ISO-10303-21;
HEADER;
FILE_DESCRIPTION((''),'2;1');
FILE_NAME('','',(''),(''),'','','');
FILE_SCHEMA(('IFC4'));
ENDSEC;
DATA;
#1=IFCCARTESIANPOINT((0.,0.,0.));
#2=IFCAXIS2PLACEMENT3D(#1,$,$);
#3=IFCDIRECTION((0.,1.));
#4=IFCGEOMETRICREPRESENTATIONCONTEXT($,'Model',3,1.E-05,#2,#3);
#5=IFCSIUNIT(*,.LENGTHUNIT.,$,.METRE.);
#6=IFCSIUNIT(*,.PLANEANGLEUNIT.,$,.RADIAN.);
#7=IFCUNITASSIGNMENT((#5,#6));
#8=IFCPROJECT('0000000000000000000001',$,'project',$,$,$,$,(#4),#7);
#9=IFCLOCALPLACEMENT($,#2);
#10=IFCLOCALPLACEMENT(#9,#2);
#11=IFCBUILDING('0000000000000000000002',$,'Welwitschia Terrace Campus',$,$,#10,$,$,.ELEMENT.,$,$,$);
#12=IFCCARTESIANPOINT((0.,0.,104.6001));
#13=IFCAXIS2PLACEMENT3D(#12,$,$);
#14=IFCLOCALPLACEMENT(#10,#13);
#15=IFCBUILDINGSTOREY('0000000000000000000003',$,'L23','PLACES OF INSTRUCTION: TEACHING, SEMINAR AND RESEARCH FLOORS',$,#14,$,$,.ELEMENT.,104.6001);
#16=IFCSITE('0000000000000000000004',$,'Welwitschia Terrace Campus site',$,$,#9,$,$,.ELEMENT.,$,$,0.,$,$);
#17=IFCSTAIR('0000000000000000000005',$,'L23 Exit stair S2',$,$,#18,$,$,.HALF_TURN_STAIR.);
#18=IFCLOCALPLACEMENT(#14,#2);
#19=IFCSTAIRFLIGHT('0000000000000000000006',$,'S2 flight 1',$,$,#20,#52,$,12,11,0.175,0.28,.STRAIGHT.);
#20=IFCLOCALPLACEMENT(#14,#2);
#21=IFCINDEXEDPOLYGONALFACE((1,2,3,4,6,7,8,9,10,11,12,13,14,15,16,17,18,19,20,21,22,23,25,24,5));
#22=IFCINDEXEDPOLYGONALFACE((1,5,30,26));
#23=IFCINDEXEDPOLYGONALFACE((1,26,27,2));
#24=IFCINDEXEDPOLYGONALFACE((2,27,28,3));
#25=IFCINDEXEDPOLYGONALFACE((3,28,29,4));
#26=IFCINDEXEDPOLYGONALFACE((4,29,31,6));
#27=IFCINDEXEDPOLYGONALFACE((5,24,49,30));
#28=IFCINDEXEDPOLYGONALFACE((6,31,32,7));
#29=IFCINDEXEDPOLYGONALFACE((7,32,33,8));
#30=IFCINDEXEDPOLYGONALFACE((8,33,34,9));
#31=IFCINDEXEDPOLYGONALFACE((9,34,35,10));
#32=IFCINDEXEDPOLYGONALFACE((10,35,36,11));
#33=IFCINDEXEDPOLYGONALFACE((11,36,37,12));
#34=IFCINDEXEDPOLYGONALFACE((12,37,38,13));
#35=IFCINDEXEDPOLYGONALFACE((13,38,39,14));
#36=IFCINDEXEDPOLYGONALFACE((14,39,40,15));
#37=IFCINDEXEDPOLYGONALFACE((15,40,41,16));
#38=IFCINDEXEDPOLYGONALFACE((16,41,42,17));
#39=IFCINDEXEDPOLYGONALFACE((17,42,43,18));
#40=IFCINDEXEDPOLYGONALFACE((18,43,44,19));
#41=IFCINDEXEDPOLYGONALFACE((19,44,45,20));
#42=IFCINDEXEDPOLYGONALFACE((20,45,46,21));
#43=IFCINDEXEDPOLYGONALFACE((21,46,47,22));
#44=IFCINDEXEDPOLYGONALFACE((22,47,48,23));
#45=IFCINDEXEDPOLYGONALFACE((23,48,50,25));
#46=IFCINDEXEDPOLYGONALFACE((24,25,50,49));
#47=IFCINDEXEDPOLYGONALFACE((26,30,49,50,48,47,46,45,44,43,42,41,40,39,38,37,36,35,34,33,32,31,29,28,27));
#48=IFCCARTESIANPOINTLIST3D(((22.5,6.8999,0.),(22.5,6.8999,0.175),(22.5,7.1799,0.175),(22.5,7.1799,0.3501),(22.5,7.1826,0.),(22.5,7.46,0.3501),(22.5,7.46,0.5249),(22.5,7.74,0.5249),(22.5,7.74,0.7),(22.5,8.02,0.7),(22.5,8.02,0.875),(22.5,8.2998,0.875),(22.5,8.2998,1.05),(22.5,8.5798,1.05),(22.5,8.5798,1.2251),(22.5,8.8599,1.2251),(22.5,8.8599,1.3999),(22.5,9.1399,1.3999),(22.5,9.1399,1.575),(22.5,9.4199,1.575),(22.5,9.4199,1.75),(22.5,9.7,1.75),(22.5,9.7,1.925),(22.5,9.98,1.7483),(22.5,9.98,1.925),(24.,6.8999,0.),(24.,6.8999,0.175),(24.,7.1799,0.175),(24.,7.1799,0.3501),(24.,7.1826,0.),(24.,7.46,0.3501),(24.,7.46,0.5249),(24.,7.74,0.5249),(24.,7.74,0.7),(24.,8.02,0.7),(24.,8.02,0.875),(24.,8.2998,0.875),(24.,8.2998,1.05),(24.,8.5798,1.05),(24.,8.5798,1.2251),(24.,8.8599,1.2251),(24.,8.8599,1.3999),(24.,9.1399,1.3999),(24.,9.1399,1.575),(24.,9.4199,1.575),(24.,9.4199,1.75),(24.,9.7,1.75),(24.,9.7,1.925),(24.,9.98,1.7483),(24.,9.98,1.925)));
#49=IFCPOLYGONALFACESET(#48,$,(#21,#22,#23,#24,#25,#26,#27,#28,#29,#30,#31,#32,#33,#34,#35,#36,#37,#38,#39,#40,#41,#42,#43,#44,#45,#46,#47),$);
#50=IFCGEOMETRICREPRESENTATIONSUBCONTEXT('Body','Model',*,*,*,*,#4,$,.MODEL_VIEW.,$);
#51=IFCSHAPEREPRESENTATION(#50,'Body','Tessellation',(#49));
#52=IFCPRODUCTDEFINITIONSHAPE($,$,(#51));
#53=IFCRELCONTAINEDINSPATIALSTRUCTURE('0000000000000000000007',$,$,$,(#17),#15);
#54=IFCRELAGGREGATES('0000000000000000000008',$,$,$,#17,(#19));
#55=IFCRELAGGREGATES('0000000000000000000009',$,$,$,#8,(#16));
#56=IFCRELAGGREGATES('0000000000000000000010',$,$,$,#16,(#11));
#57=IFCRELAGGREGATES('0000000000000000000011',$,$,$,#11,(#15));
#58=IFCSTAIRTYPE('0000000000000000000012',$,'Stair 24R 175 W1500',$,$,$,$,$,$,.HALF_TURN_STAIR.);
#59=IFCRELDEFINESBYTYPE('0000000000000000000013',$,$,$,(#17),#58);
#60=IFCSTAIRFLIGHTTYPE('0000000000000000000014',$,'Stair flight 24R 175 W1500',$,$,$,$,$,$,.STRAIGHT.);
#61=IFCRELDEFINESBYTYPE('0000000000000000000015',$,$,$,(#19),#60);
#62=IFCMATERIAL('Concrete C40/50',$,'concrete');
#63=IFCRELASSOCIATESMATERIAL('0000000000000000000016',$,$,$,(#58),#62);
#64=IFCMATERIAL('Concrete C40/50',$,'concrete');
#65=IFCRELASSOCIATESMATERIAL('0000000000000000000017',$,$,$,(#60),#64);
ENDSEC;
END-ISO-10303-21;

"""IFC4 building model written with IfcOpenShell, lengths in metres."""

from ifc_helpers import new_model, si_unit, direction, frame, origin, place, context, subcontext, project, spatial, polyline, outline, extrude, material, type_object, element, aggregate, save


model = new_model("IFC4")

# Units and contexts
model_context = context("Model", 3, precision=1e-05, world=origin(), true_north=direction((0.0, 1.0)))
body_context = subcontext(model_context, "Body", "Model", "MODEL_VIEW")
ifc_project = project(units=[si_unit("LENGTHUNIT", "METRE"), si_unit("PLANEANGLEUNIT", "RADIAN")], contexts=[model_context])

# Site, building, storey
site_placement = place(None, origin())
site = spatial("IfcSite", under=ifc_project, at=site_placement, Name="Welwitschia Terrace Campus site", CompositionType="ELEMENT", RefElevation=0.0)
building_placement = place(site_placement, origin())
building = spatial("IfcBuilding", under=site, at=building_placement, Name="Welwitschia Terrace Campus", CompositionType="ELEMENT")
storey_placement = place(building_placement, frame((0.0, 0.0, 104.6001)))
storey = spatial("IfcBuildingStorey", under=building, at=storey_placement, Name="L23", Description="PLACES OF INSTRUCTION: TEACHING, SEMINAR AND RESEARCH FLOORS", CompositionType="ELEMENT", Elevation=104.6001)

# Stair, stair flight
ifc_material_1 = material(Name="Concrete C40/50", Category="concrete")
stair_type = type_object("IfcStairType", Name="Stair 24R 175 W1500", PredefinedType="HALF_TURN_STAIR", material=ifc_material_1)
stair_placement = place(storey_placement, origin())
stair = element("IfcStair", 1, at=stair_placement, inside=storey, type_object=stair_type, Name="L23 Exit stair S2", PredefinedType="HALF_TURN_STAIR")
ifc_material_2 = material(Name="Concrete C40/50", Category="concrete")
stair_flight_type = type_object("IfcStairFlightType", Name="Stair flight 24R 175 W1500", PredefinedType="STRAIGHT", material=ifc_material_2)
stair_flight_placement = place(storey_placement, frame((23.25, 6.8999, 0.0), z_axis=(0.0, 0.0, 1.0), x_axis=(0.0, 1.0, 0.0)))
stair_flight = element("IfcStairFlight", 2, at=stair_flight_placement, type_object=stair_flight_type, Name="S2 flight 1", NumberOfRisers=12, NumberOfTreads=11, PredefinedType="STRAIGHT", RiserHeight=0.175, TreadLength=0.28, context=body_context, shape_type="SweptSolid", body=[
    extrude(outline(polyline([(0.0, 0.0), (0.0, 0.175), (0.28, 0.175), (0.28, 0.3501), (0.5601, 0.3501), (0.5601, 0.5249), (0.8401, 0.5249), (0.8401, 0.7), (1.1201, 0.7), (1.1201, 0.875), (1.3999, 0.875), (1.3999, 1.05), (1.6799, 1.05), (1.6799, 1.2251), (1.96, 1.2251), (1.96, 1.3999), (2.24, 1.3999), (2.24, 1.575), (2.52, 1.575), (2.52, 1.75), (2.8, 1.75), (2.8, 1.925), (3.0801, 1.925), (3.0801, 2.1001), (3.0801, 1.7483), (0.2827, 0.0), (0.0, 0.0)])), frame((0.0, 0.75, 0.0), z_axis=(0.0, -1.0, 0.0), x_axis=(1.0, 0.0, 0.0)), (0.0, 0.0, 1.0), 1.5),
])
aggregate(stair, [stair_flight])

save(model, "model.ifc")
